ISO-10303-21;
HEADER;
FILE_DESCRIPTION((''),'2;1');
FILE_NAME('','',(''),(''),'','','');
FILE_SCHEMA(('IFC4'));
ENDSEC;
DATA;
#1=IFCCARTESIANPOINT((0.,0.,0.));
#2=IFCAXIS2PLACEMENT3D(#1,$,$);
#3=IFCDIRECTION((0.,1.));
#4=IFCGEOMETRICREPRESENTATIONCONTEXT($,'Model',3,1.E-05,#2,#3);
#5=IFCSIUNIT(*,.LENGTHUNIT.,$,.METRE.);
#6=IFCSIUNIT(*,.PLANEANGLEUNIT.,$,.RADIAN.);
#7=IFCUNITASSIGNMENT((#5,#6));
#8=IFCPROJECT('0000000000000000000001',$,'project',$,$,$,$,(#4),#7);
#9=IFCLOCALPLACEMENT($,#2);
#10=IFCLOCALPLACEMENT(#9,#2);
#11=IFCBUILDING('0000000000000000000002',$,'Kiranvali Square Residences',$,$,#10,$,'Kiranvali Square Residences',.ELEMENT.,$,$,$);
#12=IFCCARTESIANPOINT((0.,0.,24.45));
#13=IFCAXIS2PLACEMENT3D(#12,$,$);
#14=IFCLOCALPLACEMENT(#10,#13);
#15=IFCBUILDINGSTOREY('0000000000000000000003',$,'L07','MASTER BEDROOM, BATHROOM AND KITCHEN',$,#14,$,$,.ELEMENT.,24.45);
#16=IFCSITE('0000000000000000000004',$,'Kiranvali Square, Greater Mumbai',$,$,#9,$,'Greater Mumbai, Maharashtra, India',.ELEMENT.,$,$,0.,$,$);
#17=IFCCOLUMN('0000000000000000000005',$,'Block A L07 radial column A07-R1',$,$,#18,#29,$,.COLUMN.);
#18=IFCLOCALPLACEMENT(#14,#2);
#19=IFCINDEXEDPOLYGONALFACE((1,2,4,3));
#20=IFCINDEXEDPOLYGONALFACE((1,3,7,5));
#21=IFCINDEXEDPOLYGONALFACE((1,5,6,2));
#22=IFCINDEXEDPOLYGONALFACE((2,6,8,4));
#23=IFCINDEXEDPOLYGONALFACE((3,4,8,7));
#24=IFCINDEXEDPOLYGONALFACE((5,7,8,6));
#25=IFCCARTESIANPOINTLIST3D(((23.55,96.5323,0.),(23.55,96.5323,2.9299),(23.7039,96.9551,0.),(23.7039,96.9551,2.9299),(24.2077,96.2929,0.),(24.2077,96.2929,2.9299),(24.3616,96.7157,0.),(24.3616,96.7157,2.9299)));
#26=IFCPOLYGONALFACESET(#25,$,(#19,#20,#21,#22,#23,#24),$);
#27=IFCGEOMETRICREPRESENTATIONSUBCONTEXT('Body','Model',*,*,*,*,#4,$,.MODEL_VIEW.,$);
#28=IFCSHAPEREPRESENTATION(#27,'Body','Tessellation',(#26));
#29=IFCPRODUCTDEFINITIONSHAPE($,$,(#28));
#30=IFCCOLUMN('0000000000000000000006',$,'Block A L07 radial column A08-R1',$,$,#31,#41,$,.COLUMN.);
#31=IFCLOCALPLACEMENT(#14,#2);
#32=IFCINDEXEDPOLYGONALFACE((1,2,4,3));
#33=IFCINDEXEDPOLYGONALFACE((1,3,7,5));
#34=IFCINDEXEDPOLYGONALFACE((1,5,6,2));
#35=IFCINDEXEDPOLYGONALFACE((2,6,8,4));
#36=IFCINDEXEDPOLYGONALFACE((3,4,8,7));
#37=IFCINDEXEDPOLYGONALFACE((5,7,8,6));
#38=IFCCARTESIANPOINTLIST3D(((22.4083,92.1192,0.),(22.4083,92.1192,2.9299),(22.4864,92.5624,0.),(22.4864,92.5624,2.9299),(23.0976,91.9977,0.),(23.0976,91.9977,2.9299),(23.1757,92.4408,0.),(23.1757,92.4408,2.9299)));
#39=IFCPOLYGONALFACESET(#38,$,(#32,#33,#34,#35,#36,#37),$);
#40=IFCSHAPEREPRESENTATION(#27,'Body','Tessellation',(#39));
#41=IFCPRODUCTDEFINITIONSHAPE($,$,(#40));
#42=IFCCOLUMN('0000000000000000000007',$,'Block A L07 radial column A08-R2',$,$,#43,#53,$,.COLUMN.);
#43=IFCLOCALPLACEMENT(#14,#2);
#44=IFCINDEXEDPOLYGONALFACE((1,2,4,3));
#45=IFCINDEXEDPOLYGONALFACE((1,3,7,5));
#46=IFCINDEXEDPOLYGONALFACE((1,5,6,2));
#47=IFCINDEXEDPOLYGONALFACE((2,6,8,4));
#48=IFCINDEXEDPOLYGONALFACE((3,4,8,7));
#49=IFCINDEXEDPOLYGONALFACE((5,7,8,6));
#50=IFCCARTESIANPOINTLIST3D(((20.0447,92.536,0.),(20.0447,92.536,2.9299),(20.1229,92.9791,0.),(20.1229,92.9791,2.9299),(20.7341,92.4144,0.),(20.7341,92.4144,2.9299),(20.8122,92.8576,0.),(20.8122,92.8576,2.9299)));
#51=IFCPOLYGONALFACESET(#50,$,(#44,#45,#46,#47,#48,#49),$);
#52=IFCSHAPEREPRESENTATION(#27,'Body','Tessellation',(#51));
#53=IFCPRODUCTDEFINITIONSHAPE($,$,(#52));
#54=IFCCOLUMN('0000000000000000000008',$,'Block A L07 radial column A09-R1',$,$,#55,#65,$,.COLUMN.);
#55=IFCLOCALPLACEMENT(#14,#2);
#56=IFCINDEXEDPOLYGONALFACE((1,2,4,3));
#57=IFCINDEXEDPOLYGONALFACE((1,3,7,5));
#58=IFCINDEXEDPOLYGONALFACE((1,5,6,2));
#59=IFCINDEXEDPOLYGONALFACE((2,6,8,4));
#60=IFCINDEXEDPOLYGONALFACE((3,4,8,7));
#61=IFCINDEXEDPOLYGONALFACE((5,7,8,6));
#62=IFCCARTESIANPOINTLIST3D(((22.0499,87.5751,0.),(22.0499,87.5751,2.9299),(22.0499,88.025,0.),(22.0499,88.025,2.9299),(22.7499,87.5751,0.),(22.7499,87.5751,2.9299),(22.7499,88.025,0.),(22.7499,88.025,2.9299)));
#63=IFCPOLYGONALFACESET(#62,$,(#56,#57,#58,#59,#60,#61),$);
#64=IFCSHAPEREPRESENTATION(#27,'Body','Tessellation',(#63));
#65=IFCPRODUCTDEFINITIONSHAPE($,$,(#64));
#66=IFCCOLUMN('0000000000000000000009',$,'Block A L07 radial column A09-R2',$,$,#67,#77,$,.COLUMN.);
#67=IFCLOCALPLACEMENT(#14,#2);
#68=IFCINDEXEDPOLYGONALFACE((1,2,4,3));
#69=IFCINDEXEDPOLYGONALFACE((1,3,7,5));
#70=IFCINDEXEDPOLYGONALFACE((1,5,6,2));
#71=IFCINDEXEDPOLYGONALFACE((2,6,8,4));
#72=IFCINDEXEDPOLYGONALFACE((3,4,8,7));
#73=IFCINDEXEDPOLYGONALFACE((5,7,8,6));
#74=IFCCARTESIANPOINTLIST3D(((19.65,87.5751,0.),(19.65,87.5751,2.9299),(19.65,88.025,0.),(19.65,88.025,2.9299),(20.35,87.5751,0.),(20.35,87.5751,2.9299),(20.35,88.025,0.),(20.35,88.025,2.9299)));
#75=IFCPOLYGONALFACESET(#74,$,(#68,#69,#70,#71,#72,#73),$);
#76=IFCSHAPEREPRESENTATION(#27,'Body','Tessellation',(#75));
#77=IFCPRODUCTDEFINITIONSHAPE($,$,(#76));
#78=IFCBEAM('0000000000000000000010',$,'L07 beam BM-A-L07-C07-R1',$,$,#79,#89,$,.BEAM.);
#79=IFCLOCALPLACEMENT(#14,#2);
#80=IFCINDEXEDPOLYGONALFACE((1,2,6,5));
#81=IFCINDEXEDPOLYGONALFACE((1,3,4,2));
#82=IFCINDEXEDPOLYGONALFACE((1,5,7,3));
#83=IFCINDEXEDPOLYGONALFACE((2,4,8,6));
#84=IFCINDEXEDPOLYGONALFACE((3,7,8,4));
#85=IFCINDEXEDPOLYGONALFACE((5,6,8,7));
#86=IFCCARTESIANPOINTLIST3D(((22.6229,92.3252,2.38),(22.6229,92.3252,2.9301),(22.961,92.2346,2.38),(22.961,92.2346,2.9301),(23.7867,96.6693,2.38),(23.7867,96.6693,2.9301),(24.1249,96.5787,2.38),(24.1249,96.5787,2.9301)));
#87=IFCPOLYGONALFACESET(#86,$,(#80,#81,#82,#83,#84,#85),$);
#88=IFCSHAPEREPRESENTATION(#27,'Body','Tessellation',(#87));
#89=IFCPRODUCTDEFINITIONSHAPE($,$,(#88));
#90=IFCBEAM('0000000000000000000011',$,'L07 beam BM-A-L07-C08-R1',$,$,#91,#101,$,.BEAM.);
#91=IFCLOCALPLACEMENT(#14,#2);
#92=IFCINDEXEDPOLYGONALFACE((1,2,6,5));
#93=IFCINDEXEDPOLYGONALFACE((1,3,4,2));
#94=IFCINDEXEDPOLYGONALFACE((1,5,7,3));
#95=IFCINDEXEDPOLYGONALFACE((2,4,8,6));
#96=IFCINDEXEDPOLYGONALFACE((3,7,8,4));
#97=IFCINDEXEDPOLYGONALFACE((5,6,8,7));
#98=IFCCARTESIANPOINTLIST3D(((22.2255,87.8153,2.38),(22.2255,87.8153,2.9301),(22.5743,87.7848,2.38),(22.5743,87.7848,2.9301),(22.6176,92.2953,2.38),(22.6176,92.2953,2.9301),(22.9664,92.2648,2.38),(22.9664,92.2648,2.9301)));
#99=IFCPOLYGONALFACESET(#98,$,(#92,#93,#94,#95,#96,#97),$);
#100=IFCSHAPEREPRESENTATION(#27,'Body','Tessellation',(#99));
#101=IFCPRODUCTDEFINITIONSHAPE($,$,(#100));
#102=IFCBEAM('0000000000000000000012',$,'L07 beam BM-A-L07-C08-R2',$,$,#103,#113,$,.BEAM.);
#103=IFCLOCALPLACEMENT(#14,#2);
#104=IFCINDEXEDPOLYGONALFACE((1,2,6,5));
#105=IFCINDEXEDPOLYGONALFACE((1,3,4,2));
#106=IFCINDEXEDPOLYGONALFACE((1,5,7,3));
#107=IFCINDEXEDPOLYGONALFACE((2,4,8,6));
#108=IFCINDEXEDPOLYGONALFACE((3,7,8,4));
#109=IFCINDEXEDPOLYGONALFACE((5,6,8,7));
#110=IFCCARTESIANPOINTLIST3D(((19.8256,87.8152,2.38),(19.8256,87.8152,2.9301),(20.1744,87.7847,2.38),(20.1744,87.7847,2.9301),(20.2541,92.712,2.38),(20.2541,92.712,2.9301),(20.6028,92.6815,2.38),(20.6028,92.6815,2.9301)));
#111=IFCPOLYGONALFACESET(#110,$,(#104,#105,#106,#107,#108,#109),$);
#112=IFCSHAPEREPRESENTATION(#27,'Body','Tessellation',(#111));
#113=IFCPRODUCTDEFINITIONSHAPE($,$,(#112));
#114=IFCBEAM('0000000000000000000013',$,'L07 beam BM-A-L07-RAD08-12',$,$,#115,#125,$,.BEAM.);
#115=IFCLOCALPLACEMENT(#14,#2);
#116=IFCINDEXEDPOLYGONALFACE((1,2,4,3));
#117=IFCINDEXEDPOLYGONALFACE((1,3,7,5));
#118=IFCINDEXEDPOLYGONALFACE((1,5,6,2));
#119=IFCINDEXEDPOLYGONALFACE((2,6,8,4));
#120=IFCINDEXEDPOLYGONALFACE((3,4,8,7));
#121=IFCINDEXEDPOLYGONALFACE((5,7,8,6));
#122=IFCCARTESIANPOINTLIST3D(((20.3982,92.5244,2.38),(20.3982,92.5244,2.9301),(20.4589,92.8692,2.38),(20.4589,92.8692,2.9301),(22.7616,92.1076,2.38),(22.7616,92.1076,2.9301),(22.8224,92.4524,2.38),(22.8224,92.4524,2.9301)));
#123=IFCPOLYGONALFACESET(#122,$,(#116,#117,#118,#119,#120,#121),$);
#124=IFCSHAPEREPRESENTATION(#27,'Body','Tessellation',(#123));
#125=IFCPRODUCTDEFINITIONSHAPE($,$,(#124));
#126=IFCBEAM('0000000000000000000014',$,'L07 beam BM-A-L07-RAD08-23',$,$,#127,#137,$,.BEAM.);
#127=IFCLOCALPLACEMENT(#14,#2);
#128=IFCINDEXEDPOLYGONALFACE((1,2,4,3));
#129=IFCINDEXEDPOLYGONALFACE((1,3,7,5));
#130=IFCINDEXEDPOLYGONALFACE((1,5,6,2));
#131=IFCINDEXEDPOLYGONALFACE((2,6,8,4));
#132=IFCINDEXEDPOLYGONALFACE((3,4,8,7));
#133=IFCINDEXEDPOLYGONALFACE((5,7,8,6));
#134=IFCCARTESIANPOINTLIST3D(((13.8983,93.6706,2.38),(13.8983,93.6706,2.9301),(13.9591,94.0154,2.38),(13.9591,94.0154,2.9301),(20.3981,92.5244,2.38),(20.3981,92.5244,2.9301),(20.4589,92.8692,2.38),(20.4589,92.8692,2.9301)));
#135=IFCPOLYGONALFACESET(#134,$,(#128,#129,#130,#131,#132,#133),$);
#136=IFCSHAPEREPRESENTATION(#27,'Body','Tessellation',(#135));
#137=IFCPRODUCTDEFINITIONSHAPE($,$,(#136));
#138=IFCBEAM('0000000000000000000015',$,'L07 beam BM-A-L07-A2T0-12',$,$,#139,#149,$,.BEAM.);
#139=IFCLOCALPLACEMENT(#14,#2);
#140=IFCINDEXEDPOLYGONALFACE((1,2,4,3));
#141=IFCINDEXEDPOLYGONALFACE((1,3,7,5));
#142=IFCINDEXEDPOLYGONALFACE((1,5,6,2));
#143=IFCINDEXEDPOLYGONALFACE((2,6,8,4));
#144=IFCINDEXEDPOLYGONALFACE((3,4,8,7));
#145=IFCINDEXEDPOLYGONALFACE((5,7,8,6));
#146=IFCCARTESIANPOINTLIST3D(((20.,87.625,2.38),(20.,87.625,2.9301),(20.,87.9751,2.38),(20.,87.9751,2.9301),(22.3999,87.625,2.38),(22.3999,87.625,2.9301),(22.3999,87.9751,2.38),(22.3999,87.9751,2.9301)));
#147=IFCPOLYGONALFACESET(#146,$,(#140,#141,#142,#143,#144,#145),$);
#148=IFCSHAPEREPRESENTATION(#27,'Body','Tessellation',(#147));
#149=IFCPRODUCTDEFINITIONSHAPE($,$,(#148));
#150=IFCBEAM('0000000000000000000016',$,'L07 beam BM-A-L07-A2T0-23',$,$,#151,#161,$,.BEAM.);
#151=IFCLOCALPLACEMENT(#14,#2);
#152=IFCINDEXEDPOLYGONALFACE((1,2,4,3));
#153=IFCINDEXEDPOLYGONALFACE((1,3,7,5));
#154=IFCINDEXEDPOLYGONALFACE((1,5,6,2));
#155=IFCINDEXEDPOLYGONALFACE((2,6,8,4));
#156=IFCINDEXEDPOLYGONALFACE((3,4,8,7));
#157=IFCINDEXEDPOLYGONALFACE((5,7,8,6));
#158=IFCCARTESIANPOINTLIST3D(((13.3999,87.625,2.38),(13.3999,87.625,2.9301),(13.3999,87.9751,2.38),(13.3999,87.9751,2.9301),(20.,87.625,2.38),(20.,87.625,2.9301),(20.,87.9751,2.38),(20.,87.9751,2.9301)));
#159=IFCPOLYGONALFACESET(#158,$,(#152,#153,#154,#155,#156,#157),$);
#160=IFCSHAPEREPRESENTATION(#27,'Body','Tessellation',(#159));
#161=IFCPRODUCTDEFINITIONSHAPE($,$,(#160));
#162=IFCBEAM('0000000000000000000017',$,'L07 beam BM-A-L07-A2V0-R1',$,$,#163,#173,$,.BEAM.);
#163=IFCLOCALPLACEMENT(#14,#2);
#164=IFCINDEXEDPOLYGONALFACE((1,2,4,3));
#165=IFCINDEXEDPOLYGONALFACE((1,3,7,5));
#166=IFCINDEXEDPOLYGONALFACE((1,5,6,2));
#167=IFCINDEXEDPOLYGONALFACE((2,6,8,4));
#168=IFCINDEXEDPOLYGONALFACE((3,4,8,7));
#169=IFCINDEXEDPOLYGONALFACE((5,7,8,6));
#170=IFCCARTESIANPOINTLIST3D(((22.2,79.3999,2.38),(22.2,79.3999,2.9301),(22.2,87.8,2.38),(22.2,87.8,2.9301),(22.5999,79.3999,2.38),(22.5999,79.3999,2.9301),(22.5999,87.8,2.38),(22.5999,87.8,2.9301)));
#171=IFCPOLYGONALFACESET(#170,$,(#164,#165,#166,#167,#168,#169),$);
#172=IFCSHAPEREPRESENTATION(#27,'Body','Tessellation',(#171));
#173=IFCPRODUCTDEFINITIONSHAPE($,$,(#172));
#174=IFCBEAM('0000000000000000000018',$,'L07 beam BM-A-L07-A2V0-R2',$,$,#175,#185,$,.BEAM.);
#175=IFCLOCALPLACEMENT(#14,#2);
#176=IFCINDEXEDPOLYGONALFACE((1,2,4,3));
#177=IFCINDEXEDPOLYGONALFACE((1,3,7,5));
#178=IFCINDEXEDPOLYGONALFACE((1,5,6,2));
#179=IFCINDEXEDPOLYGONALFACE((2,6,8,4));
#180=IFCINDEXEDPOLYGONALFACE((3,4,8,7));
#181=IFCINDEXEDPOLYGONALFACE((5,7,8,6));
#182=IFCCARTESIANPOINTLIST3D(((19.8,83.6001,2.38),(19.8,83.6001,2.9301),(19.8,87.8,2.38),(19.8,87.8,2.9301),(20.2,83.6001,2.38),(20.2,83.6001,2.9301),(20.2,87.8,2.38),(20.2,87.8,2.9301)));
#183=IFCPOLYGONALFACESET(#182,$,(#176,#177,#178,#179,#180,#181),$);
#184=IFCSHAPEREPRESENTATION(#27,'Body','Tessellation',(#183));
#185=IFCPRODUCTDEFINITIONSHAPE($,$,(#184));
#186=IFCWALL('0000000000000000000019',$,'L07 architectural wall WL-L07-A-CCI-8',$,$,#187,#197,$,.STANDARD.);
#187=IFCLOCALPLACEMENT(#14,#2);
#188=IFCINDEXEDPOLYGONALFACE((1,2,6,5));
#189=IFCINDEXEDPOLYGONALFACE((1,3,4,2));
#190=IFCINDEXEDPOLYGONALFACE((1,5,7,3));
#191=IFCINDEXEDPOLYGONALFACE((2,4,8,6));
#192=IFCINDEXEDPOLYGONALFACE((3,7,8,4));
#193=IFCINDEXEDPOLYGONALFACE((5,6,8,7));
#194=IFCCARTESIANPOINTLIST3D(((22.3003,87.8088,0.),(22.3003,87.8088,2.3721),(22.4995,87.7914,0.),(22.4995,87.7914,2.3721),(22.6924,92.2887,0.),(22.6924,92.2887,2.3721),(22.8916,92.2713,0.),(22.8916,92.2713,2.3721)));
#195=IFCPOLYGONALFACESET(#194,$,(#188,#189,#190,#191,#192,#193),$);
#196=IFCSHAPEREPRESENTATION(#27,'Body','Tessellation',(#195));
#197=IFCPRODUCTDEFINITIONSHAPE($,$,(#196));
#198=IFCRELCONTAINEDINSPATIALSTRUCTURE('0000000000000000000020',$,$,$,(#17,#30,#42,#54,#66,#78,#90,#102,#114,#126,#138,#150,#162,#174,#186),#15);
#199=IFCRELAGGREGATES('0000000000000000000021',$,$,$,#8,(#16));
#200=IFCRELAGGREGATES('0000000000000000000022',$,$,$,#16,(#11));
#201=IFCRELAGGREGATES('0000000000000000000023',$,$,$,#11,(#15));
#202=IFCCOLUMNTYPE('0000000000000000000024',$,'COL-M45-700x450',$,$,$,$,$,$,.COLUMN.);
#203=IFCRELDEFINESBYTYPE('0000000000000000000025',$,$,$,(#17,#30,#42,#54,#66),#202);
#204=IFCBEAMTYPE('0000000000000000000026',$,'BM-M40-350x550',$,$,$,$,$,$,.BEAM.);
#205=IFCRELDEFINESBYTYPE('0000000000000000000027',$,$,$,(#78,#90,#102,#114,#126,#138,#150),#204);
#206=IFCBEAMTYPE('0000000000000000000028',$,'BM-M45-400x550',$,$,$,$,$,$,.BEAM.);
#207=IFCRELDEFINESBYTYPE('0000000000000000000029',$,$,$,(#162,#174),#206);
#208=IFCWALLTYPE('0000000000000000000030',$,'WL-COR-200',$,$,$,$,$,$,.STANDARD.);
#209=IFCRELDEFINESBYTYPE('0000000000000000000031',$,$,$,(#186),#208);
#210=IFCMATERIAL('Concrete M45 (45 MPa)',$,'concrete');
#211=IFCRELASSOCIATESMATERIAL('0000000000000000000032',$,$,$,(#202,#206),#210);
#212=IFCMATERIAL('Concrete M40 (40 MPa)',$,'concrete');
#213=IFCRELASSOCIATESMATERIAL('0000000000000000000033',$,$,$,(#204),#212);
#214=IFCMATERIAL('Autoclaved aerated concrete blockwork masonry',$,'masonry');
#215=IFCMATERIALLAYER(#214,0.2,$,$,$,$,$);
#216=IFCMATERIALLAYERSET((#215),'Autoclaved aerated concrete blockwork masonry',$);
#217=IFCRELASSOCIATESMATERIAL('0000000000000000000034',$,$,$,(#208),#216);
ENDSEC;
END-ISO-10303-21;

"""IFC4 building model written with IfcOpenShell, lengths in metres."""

from ifc_helpers import new_model, si_unit, direction, frame, frame_2d, origin, origin_2d, place, context, subcontext, project, spatial, rectangle, extrude, material, layer, layer_set, material_profile, profile_set, type_object, element, save


model = new_model("IFC4")

# Units and contexts
model_context = context("Model", 3, precision=1e-05, world=origin(), true_north=direction((0.0, 1.0)))
body_context = subcontext(model_context, "Body", "Model", "MODEL_VIEW")
ifc_project = project(units=[si_unit("LENGTHUNIT", "METRE"), si_unit("PLANEANGLEUNIT", "RADIAN")], contexts=[model_context])

# Site, building, storey
site_placement = place(None, origin())
site = spatial("IfcSite", under=ifc_project, at=site_placement, Name="Kiranvali Square, Greater Mumbai", LongName="Greater Mumbai, Maharashtra, India", CompositionType="ELEMENT", RefElevation=0.0)
building_placement = place(site_placement, origin())
building = spatial("IfcBuilding", under=site, at=building_placement, Name="Kiranvali Square Residences", LongName="Kiranvali Square Residences", CompositionType="ELEMENT")
storey_placement = place(building_placement, frame((0.0, 0.0, 24.45)))
storey = spatial("IfcBuildingStorey", under=building, at=storey_placement, Name="L07", Description="MASTER BEDROOM, BATHROOM AND KITCHEN", CompositionType="ELEMENT", Elevation=24.45)

# Columns
ifc_material_1 = material(Name="Concrete M45 (45 MPa)", Category="concrete")
ifc_material_profile_1 = material_profile(ifc_material_1, rectangle(XDim=0.45, YDim=0.7, at=origin_2d()), Name="RC 700x450")
ifc_profile_set_1 = profile_set([ifc_material_profile_1], Name="Concrete M45 (45 MPa)")
column_type = type_object("IfcColumnType", Name="COL-M45-700x450", PredefinedType="COLUMN", material=ifc_profile_set_1)
for number, where, z_axis, x_axis, name in (
    (1, (23.9558, 96.624, 0.0), (0.0, 0.0, 1.0), (0.34202, 0.939693, 0.0), "Block A L07 radial column A07-R1"),
    (2, (22.792, 92.28, 0.0), (0.0, 0.0, 1.0), (0.173648, 0.984808, 0.0), "Block A L07 radial column A08-R1"),
    (3, (20.4285, 92.6968, 0.0), (0.0, 0.0, 1.0), (0.173648, 0.984808, 0.0), "Block A L07 radial column A08-R2"),
    (4, (22.3999, 87.8, 0.0), (0.0, 0.0, 1.0), (0.0, 1.0, 0.0), "Block A L07 radial column A09-R1"),
    (5, (20.0, 87.8, 0.0), (0.0, 0.0, 1.0), (0.0, 1.0, 0.0), "Block A L07 radial column A09-R2"),
):
    element("IfcColumn", number, at=place(storey_placement, frame(where, z_axis=z_axis, x_axis=x_axis)), inside=storey, type_object=column_type, Name=name, PredefinedType="COLUMN", context=body_context, shape_type="SweptSolid", body=[
        extrude(rectangle(XDim=0.45, YDim=0.7, at=origin_2d()), origin(), (0.0, 0.0, 1.0), 2.9299),
    ])

# Beams
ifc_material_2 = material(Name="Concrete M40 (40 MPa)", Category="concrete")
ifc_material_profile_2 = material_profile(ifc_material_2, rectangle(XDim=0.3501, YDim=0.55, at=origin_2d()), Name="RC 350x550")
ifc_profile_set_2 = profile_set([ifc_material_profile_2], Name="Concrete M40 (40 MPa)")
beam_type_1 = type_object("IfcBeamType", Name="BM-M40-350x550", PredefinedType="BEAM", material=ifc_profile_set_2)
beam_1_placement = place(storey_placement, frame((23.9558, 96.624, 2.655), z_axis=(-0.258788, -0.965934, 0.0), x_axis=(0.965934, -0.258788, 0.0)))
element("IfcBeam", 6, at=beam_1_placement, inside=storey, type_object=beam_type_1, Name="L07 beam BM-A-L07-C07-R1", PredefinedType="BEAM", context=body_context, shape_type="SweptSolid", body=[
    extrude(rectangle(XDim=0.3501, YDim=0.55, at=origin_2d()), origin(), (0.0, 0.0, 1.0), 4.4973),
])
beam_2_placement = place(storey_placement, frame((22.792, 92.28, 2.655), z_axis=(-0.087187, -0.996192, 0.0), x_axis=(0.996192, -0.087187, 0.0)))
element("IfcBeam", 7, at=beam_2_placement, inside=storey, type_object=beam_type_1, Name="L07 beam BM-A-L07-C08-R1", PredefinedType="BEAM", context=body_context, shape_type="SweptSolid", body=[
    extrude(rectangle(XDim=0.3501, YDim=0.55, at=origin_2d()), origin(), (0.0, 0.0, 1.0), 4.4971),
])
beam_3_placement = place(storey_placement, frame((20.4285, 92.6968, 2.655), z_axis=(-0.087168, -0.996194, 0.0), x_axis=(0.996194, -0.087168, 0.0)))
element("IfcBeam", 8, at=beam_3_placement, inside=storey, type_object=beam_type_1, Name="L07 beam BM-A-L07-C08-R2", PredefinedType="BEAM", context=body_context, shape_type="SweptSolid", body=[
    extrude(rectangle(XDim=0.3501, YDim=0.55, at=origin_2d()), origin(), (0.0, 0.0, 1.0), 4.9155),
])
beam_4_placement = place(storey_placement, frame((22.792, 92.28, 2.655), z_axis=(-0.984808, 0.173646, 0.0), x_axis=(-0.173646, -0.984808, 0.0)))
element("IfcBeam", 9, at=beam_4_placement, inside=storey, type_object=beam_type_1, Name="L07 beam BM-A-L07-RAD08-12", PredefinedType="BEAM", context=body_context, shape_type="SweptSolid", body=[
    extrude(rectangle(XDim=0.3501, YDim=0.55, at=origin_2d()), origin(), (0.0, 0.0, 1.0), 2.3999),
])
beam_5_placement = place(storey_placement, frame((20.4285, 92.6968, 2.655), z_axis=(-0.984804, 0.173671, 0.0), x_axis=(-0.173671, -0.984804, 0.0)))
element("IfcBeam", 10, at=beam_5_placement, inside=storey, type_object=beam_type_1, Name="L07 beam BM-A-L07-RAD08-23", PredefinedType="BEAM", context=body_context, shape_type="SweptSolid", body=[
    extrude(rectangle(XDim=0.3501, YDim=0.55, at=origin_2d()), origin(), (0.0, 0.0, 1.0), 6.6001),
])
beam_6_placement = place(storey_placement, frame((22.3999, 87.8, 2.655), z_axis=(-1.0, 0.0, 0.0), x_axis=(0.0, -1.0, 0.0)))
element("IfcBeam", 11, at=beam_6_placement, inside=storey, type_object=beam_type_1, Name="L07 beam BM-A-L07-A2T0-12", PredefinedType="BEAM", context=body_context, shape_type="SweptSolid", body=[
    extrude(rectangle(XDim=0.3501, YDim=0.55, at=origin_2d()), origin(), (0.0, 0.0, 1.0), 2.3999),
])
beam_7_placement = place(storey_placement, frame((20.0, 87.8, 2.655), z_axis=(-1.0, 0.0, 0.0), x_axis=(0.0, -1.0, 0.0)))
element("IfcBeam", 12, at=beam_7_placement, inside=storey, type_object=beam_type_1, Name="L07 beam BM-A-L07-A2T0-23", PredefinedType="BEAM", context=body_context, shape_type="SweptSolid", body=[
    extrude(rectangle(XDim=0.3501, YDim=0.55, at=origin_2d()), origin(), (0.0, 0.0, 1.0), 6.6001),
])
ifc_material_profile_3 = material_profile(ifc_material_1, rectangle(XDim=0.3999, YDim=0.55, at=origin_2d()), Name="RC 400x550")
ifc_profile_set_3 = profile_set([ifc_material_profile_3], Name="Concrete M45 (45 MPa)")
beam_type_2 = type_object("IfcBeamType", Name="BM-M45-400x550", PredefinedType="BEAM", material=ifc_profile_set_3)
beam_8_placement = place(storey_placement, frame((22.3999, 87.8, 2.655), z_axis=(0.0, -1.0, 0.0), x_axis=(1.0, 0.0, 0.0)))
element("IfcBeam", 13, at=beam_8_placement, inside=storey, type_object=beam_type_2, Name="L07 beam BM-A-L07-A2V0-R1", PredefinedType="BEAM", context=body_context, shape_type="SweptSolid", body=[
    extrude(rectangle(XDim=0.3999, YDim=0.55, at=origin_2d()), origin(), (0.0, 0.0, 1.0), 8.4001),
])
beam_9_placement = place(storey_placement, frame((20.0, 87.8, 2.655), z_axis=(0.0, -1.0, 0.0), x_axis=(1.0, 0.0, 0.0)))
element("IfcBeam", 14, at=beam_9_placement, inside=storey, type_object=beam_type_2, Name="L07 beam BM-A-L07-A2V0-R2", PredefinedType="BEAM", context=body_context, shape_type="SweptSolid", body=[
    extrude(rectangle(XDim=0.3999, YDim=0.55, at=origin_2d()), origin(), (0.0, 0.0, 1.0), 4.2),
])

# Wall
ifc_material_3 = material(Name="Autoclaved aerated concrete blockwork masonry", Category="masonry")
ifc_layer_1 = layer(ifc_material_3, 0.2)
ifc_layer_set_1 = layer_set([ifc_layer_1], Name="Autoclaved aerated concrete blockwork masonry")
wall_type_1 = type_object("IfcWallType", Name="WL-COR-200", PredefinedType="STANDARD", material=ifc_layer_set_1)
wall_1_placement = place(storey_placement, frame((22.792, 92.28, 0.0), z_axis=(0.0, 0.0, 1.0), x_axis=(-0.087187, -0.996192, 0.0)))
element("IfcWall", 15, at=wall_1_placement, inside=storey, type_object=wall_type_1, Name="L07 architectural wall WL-L07-A-CCI-8", PredefinedType="STANDARD", context=body_context, shape_type="SweptSolid", body=[
    extrude(rectangle(XDim=4.4971, YDim=0.2, at=frame_2d((2.2485, 0.0))), origin(), (0.0, 0.0, 1.0), 2.3721),
])

save(model, "model.ifc")
